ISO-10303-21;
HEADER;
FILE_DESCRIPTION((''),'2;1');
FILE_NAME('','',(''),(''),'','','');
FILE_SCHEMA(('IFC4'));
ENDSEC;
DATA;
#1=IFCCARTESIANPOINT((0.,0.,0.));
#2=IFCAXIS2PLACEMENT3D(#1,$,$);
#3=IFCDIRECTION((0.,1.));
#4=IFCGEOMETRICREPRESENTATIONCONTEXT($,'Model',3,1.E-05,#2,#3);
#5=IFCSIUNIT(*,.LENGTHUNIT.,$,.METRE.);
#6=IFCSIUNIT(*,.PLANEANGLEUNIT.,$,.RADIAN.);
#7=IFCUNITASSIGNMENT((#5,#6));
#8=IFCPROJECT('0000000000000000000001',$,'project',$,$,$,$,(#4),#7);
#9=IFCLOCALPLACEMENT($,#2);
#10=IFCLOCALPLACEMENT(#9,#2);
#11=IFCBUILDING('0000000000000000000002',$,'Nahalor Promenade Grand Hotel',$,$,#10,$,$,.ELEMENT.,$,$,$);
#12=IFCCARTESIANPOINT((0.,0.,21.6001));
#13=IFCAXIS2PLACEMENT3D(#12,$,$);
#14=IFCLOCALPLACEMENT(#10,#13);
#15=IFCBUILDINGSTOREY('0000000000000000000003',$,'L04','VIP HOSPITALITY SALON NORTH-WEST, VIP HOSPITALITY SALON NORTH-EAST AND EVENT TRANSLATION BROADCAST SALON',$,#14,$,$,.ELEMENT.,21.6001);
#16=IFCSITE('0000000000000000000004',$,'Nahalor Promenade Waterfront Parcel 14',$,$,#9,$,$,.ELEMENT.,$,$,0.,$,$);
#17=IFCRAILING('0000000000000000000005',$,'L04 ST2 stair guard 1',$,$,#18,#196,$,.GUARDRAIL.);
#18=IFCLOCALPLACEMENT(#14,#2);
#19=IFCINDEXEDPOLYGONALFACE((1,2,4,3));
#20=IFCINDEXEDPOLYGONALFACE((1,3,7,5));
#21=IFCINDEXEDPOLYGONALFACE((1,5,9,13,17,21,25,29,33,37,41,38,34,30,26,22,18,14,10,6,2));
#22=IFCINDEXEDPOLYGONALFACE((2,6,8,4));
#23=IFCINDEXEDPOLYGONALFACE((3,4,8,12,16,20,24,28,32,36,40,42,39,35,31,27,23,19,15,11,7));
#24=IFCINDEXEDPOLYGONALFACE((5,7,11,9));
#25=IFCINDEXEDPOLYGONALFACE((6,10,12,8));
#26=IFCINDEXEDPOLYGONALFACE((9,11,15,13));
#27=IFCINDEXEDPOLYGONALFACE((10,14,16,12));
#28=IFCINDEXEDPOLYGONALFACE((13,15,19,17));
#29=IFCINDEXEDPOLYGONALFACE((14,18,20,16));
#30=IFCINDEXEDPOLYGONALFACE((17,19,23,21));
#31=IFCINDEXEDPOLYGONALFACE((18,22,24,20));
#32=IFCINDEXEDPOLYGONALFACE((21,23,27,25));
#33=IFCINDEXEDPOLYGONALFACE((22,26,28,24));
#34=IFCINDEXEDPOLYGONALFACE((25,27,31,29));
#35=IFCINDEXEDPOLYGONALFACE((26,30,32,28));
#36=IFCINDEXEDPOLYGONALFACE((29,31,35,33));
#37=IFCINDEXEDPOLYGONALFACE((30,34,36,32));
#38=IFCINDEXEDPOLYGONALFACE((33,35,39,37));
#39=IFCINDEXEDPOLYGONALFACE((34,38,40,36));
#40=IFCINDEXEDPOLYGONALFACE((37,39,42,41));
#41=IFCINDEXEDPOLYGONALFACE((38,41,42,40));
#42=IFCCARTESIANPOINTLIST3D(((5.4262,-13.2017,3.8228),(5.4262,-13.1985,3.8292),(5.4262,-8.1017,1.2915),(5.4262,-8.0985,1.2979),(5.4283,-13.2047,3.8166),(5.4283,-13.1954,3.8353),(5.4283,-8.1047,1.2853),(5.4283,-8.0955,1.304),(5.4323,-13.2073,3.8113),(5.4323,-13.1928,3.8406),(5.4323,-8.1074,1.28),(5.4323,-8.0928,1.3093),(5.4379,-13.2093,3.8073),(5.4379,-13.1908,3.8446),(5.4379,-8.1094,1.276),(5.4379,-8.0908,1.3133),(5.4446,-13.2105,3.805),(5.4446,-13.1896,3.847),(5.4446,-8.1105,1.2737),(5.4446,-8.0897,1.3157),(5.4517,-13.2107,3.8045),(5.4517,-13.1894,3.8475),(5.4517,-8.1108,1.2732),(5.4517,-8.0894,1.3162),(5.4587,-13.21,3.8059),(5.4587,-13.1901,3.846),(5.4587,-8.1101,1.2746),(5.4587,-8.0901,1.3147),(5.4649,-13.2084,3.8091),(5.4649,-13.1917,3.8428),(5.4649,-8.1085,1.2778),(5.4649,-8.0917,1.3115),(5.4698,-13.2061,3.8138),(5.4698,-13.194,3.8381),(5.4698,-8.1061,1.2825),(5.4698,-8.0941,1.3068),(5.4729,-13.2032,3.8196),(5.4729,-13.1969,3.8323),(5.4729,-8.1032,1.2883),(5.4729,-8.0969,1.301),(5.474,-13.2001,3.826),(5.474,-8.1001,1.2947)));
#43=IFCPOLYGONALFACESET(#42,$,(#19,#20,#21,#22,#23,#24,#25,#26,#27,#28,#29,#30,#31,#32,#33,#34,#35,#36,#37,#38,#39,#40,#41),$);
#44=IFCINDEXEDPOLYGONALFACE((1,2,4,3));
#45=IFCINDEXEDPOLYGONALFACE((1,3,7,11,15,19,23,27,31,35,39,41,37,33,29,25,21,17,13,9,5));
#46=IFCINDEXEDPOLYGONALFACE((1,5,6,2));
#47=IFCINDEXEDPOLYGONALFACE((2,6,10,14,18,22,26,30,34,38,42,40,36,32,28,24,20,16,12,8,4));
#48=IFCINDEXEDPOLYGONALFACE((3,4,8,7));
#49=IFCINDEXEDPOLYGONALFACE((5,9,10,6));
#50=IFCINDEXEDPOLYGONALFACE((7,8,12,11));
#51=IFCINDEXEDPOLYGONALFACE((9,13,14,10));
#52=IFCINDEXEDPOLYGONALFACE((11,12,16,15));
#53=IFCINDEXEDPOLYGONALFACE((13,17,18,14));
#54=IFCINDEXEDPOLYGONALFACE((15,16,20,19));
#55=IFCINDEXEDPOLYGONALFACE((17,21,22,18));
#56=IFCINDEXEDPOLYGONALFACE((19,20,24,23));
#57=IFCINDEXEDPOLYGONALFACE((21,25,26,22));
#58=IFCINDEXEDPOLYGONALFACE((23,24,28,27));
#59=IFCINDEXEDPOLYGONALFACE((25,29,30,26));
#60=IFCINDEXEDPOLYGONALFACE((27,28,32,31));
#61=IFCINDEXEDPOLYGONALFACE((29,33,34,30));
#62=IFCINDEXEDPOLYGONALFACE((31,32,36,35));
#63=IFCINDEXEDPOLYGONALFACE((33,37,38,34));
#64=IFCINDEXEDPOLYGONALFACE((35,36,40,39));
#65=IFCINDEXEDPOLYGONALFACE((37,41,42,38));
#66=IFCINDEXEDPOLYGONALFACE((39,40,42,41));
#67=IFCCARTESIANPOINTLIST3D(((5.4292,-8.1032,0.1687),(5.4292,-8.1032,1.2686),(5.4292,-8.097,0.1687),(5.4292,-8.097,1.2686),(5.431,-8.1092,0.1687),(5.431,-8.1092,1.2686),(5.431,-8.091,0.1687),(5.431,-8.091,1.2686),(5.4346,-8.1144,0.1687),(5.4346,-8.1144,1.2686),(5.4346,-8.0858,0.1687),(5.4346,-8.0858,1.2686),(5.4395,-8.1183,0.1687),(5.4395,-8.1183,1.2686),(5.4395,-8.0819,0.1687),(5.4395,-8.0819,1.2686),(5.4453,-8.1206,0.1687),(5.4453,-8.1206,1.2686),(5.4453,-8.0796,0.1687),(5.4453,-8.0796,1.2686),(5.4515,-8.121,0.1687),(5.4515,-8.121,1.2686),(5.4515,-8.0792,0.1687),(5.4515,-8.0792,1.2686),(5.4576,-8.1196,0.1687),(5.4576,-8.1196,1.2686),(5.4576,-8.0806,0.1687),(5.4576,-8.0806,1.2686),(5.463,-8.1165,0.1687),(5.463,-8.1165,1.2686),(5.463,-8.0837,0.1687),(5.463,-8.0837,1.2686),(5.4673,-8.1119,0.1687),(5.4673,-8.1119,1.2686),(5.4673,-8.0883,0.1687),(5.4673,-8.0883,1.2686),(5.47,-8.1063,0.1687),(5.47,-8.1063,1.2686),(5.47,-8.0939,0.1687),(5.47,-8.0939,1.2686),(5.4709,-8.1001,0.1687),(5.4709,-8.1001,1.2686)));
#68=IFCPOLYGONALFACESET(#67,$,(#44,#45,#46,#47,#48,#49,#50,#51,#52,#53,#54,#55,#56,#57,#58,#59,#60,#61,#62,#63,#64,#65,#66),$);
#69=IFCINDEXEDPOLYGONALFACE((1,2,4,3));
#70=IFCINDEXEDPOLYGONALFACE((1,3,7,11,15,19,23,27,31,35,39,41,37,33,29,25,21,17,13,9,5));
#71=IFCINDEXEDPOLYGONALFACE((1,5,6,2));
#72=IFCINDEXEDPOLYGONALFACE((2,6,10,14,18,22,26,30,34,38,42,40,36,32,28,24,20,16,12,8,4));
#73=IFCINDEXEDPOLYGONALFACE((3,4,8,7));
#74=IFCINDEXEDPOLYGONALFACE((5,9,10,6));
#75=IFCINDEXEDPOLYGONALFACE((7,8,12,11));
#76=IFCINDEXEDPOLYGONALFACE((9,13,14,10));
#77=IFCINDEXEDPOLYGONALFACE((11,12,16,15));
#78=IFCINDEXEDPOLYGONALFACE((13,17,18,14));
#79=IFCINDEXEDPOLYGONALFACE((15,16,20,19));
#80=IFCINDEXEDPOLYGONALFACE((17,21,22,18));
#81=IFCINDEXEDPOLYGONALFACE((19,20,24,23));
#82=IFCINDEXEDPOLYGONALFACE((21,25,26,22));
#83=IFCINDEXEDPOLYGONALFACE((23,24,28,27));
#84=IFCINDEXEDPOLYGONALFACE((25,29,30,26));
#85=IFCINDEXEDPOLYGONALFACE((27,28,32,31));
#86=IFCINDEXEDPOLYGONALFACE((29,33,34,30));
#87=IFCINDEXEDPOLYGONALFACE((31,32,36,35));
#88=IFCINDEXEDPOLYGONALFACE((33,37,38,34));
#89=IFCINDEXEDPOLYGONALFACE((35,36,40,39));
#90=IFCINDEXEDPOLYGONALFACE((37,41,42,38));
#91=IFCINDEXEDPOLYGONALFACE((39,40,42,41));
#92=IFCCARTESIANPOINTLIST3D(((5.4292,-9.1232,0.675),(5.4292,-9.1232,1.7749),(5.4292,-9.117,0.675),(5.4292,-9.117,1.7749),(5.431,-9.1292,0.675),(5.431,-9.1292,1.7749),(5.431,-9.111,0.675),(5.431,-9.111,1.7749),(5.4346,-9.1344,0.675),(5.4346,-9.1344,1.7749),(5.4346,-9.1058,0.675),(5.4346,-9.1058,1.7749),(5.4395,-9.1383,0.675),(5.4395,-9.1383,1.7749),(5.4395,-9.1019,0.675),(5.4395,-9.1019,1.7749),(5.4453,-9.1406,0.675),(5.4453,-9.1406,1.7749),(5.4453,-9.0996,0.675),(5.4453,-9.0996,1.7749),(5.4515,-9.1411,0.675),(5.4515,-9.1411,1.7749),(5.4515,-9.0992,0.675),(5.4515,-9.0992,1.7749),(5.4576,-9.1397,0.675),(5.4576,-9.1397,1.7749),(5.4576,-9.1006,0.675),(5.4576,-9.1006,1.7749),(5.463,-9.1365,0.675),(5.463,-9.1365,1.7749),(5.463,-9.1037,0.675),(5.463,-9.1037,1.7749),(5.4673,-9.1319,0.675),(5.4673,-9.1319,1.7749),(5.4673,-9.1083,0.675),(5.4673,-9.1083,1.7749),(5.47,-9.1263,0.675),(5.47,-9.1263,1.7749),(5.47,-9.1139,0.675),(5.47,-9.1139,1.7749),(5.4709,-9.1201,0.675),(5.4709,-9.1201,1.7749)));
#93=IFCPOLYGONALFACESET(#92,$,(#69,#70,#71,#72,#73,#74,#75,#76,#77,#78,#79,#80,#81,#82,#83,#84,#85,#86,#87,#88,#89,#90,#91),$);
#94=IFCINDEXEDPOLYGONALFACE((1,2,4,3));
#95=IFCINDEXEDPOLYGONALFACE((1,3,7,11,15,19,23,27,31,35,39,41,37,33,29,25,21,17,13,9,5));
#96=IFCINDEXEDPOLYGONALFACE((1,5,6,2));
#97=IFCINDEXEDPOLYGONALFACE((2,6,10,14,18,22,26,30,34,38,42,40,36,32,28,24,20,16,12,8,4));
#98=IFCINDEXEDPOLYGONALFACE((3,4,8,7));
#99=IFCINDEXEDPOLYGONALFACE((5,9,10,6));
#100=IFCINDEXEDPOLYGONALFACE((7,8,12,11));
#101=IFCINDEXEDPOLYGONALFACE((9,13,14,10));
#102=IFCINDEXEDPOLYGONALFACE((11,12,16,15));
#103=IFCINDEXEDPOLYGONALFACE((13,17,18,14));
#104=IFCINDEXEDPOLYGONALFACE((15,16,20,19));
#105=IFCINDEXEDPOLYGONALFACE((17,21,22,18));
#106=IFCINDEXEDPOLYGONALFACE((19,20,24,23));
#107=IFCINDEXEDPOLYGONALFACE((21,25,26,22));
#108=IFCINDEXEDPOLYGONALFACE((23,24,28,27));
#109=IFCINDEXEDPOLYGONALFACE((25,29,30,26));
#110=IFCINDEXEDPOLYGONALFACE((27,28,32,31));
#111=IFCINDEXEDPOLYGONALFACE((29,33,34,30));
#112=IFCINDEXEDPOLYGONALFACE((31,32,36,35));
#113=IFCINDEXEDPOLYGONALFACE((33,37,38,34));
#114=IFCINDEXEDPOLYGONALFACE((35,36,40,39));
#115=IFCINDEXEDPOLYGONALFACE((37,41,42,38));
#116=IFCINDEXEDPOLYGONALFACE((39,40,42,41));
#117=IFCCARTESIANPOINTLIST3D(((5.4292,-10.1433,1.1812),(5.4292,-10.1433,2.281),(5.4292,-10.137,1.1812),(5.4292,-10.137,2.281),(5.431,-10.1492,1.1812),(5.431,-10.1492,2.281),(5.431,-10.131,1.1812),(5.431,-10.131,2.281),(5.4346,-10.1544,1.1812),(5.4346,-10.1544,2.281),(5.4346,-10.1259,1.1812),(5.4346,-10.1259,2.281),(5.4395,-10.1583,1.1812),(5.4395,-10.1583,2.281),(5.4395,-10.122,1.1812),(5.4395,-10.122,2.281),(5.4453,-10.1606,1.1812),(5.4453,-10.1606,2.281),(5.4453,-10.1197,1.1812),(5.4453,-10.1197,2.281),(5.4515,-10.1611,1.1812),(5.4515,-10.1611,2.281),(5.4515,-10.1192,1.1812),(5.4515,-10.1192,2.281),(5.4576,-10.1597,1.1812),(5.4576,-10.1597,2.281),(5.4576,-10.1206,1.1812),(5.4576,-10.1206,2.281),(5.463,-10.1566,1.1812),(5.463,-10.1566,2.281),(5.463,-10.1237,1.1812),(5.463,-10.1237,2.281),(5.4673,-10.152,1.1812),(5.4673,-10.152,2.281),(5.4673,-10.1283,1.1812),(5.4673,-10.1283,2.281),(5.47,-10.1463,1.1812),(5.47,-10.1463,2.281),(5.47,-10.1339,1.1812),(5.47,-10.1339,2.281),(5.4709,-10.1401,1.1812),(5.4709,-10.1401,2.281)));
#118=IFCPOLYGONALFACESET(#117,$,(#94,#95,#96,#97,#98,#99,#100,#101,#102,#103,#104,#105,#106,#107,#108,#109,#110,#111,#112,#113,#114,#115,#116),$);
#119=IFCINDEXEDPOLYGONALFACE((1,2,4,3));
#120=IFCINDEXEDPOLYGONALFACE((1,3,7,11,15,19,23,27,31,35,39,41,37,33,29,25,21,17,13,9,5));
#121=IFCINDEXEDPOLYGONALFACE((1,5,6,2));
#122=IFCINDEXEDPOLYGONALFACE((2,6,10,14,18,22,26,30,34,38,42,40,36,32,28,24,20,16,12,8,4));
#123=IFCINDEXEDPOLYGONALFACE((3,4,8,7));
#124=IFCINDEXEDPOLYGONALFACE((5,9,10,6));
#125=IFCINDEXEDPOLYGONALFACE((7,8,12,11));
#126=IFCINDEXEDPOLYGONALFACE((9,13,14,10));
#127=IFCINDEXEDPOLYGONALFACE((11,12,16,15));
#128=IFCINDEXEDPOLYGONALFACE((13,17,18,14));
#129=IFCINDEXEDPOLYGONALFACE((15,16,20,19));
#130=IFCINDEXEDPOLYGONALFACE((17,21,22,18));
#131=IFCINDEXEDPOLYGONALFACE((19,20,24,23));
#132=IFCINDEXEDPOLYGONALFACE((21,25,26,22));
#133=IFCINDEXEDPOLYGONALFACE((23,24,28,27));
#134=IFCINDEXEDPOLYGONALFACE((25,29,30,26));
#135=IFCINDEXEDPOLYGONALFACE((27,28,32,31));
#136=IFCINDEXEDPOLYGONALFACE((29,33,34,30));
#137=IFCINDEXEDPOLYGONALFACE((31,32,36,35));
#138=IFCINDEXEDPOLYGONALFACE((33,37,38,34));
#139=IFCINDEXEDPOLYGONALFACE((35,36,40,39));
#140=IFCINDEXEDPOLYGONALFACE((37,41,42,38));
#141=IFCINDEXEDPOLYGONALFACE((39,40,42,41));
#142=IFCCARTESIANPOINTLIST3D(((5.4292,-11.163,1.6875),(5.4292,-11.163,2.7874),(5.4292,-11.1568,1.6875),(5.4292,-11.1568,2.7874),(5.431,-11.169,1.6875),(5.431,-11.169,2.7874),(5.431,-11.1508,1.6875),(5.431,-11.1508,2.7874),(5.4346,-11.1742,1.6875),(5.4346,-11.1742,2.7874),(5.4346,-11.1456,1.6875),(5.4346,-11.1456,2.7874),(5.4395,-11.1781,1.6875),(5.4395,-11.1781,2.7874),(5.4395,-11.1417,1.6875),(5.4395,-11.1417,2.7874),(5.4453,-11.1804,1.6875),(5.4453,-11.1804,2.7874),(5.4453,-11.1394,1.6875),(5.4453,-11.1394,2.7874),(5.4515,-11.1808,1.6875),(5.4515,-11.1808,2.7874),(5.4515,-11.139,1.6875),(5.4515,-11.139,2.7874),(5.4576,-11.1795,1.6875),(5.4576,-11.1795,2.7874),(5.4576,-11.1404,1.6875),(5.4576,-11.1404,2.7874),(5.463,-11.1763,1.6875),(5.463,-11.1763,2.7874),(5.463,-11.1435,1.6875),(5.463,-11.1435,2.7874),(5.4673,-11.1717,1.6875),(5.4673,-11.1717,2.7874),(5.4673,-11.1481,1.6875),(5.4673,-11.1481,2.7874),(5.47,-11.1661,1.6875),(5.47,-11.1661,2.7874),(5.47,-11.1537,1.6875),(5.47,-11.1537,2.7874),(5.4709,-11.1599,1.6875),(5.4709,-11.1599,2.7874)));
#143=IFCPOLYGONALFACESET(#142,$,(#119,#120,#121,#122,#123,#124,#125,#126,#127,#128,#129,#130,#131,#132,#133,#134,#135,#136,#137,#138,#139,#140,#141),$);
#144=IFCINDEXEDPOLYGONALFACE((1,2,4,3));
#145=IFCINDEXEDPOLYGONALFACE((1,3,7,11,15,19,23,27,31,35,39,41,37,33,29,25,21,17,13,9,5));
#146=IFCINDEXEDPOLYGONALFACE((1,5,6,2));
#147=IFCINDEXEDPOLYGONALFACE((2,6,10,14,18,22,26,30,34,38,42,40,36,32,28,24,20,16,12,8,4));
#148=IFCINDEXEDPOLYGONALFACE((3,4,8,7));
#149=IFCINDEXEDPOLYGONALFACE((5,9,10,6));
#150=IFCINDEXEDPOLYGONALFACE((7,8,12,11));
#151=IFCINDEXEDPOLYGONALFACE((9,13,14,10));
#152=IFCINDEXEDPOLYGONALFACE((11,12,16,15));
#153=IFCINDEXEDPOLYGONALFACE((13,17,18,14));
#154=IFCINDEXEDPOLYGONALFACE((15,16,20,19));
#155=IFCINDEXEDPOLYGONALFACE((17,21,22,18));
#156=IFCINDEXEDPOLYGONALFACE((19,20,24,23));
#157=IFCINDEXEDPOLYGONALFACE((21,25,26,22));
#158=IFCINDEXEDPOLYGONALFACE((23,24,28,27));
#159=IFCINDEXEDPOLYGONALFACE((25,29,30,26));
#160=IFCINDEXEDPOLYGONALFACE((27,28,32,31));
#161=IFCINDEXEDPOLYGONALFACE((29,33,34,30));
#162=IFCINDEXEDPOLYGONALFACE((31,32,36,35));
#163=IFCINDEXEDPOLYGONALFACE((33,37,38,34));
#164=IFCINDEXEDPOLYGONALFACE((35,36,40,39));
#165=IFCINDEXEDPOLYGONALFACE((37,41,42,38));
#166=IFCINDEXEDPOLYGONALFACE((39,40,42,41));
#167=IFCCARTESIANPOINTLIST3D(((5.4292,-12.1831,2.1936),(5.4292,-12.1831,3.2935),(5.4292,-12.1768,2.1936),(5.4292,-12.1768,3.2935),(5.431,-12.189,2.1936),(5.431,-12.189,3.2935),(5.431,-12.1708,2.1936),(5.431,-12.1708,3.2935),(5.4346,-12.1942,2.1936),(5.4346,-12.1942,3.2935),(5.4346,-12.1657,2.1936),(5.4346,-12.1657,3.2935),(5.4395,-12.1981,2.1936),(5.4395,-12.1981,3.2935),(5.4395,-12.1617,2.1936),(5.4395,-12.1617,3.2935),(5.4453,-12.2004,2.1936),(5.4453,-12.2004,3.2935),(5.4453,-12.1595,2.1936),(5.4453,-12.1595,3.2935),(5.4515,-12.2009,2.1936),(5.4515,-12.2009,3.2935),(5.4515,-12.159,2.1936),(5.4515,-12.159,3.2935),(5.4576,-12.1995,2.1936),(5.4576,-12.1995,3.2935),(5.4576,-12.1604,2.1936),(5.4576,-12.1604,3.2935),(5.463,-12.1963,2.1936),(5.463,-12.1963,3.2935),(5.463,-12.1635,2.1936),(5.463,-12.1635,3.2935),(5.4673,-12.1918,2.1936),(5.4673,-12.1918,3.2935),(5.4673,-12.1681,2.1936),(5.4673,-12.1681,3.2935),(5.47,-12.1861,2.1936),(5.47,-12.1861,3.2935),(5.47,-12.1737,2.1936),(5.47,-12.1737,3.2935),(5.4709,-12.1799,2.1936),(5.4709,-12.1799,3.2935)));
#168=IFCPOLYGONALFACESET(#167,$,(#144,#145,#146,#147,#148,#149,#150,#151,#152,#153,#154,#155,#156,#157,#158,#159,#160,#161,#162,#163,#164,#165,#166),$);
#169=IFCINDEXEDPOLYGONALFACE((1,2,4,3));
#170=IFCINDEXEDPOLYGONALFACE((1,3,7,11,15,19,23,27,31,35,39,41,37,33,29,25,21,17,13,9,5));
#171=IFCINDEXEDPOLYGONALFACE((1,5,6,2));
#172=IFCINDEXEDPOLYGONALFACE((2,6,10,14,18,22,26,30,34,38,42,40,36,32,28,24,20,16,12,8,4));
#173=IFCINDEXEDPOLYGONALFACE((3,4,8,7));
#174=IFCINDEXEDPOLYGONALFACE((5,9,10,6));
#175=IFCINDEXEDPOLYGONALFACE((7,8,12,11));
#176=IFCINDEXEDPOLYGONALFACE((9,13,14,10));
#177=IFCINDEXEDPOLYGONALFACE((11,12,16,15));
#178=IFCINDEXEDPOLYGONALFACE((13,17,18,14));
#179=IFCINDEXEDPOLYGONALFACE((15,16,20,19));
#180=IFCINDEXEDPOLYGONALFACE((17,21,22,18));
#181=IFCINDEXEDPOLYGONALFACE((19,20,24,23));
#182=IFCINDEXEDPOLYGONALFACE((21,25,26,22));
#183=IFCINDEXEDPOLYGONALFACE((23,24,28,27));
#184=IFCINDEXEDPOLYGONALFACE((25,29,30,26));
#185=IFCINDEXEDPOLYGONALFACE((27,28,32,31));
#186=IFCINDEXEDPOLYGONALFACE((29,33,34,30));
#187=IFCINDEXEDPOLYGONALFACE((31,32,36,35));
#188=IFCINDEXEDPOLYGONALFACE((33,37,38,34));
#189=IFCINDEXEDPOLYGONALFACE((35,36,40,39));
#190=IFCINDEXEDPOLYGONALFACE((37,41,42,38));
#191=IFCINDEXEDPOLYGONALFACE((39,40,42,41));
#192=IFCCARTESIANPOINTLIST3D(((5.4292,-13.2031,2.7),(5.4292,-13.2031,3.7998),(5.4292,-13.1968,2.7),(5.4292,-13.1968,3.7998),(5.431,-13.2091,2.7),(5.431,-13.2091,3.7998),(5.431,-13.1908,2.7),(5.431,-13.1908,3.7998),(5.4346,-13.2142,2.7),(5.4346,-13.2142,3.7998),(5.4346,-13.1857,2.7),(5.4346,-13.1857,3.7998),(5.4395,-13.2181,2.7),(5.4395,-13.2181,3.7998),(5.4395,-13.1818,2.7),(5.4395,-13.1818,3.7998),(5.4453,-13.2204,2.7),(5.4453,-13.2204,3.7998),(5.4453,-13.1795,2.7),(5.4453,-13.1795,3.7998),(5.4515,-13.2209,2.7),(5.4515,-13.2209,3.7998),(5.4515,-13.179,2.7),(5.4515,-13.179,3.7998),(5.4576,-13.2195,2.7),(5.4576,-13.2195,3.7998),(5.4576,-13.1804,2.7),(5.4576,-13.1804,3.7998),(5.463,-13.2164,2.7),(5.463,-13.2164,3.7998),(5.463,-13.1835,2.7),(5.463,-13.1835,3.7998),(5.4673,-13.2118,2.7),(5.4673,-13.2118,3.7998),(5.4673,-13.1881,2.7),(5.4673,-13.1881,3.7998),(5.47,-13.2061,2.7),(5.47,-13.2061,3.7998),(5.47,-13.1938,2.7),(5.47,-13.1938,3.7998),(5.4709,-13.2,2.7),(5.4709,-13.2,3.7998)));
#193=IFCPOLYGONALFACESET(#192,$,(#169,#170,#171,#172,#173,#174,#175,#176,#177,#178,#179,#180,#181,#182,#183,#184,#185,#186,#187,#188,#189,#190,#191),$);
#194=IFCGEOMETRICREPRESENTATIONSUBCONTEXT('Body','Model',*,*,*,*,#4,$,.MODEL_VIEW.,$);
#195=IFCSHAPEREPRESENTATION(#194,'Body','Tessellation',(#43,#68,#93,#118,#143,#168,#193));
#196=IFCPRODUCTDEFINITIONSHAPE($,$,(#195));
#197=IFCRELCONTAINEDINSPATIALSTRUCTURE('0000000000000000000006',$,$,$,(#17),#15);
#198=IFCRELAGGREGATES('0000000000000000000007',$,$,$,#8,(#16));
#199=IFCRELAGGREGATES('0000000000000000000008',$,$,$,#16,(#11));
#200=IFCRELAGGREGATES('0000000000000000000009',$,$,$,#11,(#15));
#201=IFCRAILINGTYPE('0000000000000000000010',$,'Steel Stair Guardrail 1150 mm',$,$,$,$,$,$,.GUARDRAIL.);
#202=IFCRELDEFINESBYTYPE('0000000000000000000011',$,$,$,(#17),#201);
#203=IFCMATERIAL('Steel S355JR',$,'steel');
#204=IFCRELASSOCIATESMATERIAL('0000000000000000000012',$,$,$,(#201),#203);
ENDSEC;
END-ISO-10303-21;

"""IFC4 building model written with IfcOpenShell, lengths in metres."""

from ifc_helpers import new_model, si_unit, direction, frame, origin, origin_2d, place, context, subcontext, project, spatial, circle, extrude, material, type_object, element, save


model = new_model("IFC4")

# Units and contexts
model_context = context("Model", 3, precision=1e-05, world=origin(), true_north=direction((0.0, 1.0)))
body_context = subcontext(model_context, "Body", "Model", "MODEL_VIEW")
ifc_project = project(units=[si_unit("LENGTHUNIT", "METRE"), si_unit("PLANEANGLEUNIT", "RADIAN")], contexts=[model_context])

# Site, building, storey
site_placement = place(None, origin())
site = spatial("IfcSite", under=ifc_project, at=site_placement, Name="Nahalor Promenade Waterfront Parcel 14", CompositionType="ELEMENT", RefElevation=0.0)
building_placement = place(site_placement, origin())
building = spatial("IfcBuilding", under=site, at=building_placement, Name="Nahalor Promenade Grand Hotel", CompositionType="ELEMENT")
storey_placement = place(building_placement, frame((0.0, 0.0, 21.6001)))
storey = spatial("IfcBuildingStorey", under=building, at=storey_placement, Name="L04", Description="VIP HOSPITALITY SALON NORTH-WEST, VIP HOSPITALITY SALON NORTH-EAST AND EVENT TRANSLATION BROADCAST SALON", CompositionType="ELEMENT", Elevation=21.6001)

# Shared definitions
ifc_material_1 = material(Name="Steel S355JR", Category="steel")

# Railing
railing_type_1 = type_object("IfcRailingType", Name="Steel Stair Guardrail 1150 mm", PredefinedType="GUARDRAIL", material=ifc_material_1)
railing_1_placement = place(storey_placement, frame((5.45, -8.1001, 0.1687)))
element("IfcRailing", 1, at=railing_1_placement, inside=storey, type_object=railing_type_1, Name="L04 ST2 stair guard 1", PredefinedType="GUARDRAIL", context=body_context, shape_type="SweptSolid", body=[
    extrude(circle(Radius=0.024, at=origin_2d()), frame((0.0, 0.0, 1.126), z_axis=(0.0, -0.895735, 0.444587), x_axis=(1.0, 0.0, 0.0)), (0.0, 0.0, 1.0), 5.6936),
    extrude(circle(Radius=0.021, at=origin_2d()), origin(), (0.0, 0.0, 1.0), 1.0999),
    extrude(circle(Radius=0.021, at=origin_2d()), frame((0.0, -1.02, 0.5063)), (0.0, 0.0, 1.0), 1.0999),
    extrude(circle(Radius=0.021, at=origin_2d()), frame((0.0, -2.04, 1.0125)), (0.0, 0.0, 1.0), 1.0999),
    extrude(circle(Radius=0.021, at=origin_2d()), frame((0.0, -3.0598, 1.5188)), (0.0, 0.0, 1.0), 1.0999),
    extrude(circle(Radius=0.021, at=origin_2d()), frame((0.0, -4.0798, 2.0249)), (0.0, 0.0, 1.0), 1.0999),
    extrude(circle(Radius=0.021, at=origin_2d()), frame((0.0, -5.0999, 2.5312)), (0.0, 0.0, 1.0), 1.0999),
])

save(model, "model.ifc")
